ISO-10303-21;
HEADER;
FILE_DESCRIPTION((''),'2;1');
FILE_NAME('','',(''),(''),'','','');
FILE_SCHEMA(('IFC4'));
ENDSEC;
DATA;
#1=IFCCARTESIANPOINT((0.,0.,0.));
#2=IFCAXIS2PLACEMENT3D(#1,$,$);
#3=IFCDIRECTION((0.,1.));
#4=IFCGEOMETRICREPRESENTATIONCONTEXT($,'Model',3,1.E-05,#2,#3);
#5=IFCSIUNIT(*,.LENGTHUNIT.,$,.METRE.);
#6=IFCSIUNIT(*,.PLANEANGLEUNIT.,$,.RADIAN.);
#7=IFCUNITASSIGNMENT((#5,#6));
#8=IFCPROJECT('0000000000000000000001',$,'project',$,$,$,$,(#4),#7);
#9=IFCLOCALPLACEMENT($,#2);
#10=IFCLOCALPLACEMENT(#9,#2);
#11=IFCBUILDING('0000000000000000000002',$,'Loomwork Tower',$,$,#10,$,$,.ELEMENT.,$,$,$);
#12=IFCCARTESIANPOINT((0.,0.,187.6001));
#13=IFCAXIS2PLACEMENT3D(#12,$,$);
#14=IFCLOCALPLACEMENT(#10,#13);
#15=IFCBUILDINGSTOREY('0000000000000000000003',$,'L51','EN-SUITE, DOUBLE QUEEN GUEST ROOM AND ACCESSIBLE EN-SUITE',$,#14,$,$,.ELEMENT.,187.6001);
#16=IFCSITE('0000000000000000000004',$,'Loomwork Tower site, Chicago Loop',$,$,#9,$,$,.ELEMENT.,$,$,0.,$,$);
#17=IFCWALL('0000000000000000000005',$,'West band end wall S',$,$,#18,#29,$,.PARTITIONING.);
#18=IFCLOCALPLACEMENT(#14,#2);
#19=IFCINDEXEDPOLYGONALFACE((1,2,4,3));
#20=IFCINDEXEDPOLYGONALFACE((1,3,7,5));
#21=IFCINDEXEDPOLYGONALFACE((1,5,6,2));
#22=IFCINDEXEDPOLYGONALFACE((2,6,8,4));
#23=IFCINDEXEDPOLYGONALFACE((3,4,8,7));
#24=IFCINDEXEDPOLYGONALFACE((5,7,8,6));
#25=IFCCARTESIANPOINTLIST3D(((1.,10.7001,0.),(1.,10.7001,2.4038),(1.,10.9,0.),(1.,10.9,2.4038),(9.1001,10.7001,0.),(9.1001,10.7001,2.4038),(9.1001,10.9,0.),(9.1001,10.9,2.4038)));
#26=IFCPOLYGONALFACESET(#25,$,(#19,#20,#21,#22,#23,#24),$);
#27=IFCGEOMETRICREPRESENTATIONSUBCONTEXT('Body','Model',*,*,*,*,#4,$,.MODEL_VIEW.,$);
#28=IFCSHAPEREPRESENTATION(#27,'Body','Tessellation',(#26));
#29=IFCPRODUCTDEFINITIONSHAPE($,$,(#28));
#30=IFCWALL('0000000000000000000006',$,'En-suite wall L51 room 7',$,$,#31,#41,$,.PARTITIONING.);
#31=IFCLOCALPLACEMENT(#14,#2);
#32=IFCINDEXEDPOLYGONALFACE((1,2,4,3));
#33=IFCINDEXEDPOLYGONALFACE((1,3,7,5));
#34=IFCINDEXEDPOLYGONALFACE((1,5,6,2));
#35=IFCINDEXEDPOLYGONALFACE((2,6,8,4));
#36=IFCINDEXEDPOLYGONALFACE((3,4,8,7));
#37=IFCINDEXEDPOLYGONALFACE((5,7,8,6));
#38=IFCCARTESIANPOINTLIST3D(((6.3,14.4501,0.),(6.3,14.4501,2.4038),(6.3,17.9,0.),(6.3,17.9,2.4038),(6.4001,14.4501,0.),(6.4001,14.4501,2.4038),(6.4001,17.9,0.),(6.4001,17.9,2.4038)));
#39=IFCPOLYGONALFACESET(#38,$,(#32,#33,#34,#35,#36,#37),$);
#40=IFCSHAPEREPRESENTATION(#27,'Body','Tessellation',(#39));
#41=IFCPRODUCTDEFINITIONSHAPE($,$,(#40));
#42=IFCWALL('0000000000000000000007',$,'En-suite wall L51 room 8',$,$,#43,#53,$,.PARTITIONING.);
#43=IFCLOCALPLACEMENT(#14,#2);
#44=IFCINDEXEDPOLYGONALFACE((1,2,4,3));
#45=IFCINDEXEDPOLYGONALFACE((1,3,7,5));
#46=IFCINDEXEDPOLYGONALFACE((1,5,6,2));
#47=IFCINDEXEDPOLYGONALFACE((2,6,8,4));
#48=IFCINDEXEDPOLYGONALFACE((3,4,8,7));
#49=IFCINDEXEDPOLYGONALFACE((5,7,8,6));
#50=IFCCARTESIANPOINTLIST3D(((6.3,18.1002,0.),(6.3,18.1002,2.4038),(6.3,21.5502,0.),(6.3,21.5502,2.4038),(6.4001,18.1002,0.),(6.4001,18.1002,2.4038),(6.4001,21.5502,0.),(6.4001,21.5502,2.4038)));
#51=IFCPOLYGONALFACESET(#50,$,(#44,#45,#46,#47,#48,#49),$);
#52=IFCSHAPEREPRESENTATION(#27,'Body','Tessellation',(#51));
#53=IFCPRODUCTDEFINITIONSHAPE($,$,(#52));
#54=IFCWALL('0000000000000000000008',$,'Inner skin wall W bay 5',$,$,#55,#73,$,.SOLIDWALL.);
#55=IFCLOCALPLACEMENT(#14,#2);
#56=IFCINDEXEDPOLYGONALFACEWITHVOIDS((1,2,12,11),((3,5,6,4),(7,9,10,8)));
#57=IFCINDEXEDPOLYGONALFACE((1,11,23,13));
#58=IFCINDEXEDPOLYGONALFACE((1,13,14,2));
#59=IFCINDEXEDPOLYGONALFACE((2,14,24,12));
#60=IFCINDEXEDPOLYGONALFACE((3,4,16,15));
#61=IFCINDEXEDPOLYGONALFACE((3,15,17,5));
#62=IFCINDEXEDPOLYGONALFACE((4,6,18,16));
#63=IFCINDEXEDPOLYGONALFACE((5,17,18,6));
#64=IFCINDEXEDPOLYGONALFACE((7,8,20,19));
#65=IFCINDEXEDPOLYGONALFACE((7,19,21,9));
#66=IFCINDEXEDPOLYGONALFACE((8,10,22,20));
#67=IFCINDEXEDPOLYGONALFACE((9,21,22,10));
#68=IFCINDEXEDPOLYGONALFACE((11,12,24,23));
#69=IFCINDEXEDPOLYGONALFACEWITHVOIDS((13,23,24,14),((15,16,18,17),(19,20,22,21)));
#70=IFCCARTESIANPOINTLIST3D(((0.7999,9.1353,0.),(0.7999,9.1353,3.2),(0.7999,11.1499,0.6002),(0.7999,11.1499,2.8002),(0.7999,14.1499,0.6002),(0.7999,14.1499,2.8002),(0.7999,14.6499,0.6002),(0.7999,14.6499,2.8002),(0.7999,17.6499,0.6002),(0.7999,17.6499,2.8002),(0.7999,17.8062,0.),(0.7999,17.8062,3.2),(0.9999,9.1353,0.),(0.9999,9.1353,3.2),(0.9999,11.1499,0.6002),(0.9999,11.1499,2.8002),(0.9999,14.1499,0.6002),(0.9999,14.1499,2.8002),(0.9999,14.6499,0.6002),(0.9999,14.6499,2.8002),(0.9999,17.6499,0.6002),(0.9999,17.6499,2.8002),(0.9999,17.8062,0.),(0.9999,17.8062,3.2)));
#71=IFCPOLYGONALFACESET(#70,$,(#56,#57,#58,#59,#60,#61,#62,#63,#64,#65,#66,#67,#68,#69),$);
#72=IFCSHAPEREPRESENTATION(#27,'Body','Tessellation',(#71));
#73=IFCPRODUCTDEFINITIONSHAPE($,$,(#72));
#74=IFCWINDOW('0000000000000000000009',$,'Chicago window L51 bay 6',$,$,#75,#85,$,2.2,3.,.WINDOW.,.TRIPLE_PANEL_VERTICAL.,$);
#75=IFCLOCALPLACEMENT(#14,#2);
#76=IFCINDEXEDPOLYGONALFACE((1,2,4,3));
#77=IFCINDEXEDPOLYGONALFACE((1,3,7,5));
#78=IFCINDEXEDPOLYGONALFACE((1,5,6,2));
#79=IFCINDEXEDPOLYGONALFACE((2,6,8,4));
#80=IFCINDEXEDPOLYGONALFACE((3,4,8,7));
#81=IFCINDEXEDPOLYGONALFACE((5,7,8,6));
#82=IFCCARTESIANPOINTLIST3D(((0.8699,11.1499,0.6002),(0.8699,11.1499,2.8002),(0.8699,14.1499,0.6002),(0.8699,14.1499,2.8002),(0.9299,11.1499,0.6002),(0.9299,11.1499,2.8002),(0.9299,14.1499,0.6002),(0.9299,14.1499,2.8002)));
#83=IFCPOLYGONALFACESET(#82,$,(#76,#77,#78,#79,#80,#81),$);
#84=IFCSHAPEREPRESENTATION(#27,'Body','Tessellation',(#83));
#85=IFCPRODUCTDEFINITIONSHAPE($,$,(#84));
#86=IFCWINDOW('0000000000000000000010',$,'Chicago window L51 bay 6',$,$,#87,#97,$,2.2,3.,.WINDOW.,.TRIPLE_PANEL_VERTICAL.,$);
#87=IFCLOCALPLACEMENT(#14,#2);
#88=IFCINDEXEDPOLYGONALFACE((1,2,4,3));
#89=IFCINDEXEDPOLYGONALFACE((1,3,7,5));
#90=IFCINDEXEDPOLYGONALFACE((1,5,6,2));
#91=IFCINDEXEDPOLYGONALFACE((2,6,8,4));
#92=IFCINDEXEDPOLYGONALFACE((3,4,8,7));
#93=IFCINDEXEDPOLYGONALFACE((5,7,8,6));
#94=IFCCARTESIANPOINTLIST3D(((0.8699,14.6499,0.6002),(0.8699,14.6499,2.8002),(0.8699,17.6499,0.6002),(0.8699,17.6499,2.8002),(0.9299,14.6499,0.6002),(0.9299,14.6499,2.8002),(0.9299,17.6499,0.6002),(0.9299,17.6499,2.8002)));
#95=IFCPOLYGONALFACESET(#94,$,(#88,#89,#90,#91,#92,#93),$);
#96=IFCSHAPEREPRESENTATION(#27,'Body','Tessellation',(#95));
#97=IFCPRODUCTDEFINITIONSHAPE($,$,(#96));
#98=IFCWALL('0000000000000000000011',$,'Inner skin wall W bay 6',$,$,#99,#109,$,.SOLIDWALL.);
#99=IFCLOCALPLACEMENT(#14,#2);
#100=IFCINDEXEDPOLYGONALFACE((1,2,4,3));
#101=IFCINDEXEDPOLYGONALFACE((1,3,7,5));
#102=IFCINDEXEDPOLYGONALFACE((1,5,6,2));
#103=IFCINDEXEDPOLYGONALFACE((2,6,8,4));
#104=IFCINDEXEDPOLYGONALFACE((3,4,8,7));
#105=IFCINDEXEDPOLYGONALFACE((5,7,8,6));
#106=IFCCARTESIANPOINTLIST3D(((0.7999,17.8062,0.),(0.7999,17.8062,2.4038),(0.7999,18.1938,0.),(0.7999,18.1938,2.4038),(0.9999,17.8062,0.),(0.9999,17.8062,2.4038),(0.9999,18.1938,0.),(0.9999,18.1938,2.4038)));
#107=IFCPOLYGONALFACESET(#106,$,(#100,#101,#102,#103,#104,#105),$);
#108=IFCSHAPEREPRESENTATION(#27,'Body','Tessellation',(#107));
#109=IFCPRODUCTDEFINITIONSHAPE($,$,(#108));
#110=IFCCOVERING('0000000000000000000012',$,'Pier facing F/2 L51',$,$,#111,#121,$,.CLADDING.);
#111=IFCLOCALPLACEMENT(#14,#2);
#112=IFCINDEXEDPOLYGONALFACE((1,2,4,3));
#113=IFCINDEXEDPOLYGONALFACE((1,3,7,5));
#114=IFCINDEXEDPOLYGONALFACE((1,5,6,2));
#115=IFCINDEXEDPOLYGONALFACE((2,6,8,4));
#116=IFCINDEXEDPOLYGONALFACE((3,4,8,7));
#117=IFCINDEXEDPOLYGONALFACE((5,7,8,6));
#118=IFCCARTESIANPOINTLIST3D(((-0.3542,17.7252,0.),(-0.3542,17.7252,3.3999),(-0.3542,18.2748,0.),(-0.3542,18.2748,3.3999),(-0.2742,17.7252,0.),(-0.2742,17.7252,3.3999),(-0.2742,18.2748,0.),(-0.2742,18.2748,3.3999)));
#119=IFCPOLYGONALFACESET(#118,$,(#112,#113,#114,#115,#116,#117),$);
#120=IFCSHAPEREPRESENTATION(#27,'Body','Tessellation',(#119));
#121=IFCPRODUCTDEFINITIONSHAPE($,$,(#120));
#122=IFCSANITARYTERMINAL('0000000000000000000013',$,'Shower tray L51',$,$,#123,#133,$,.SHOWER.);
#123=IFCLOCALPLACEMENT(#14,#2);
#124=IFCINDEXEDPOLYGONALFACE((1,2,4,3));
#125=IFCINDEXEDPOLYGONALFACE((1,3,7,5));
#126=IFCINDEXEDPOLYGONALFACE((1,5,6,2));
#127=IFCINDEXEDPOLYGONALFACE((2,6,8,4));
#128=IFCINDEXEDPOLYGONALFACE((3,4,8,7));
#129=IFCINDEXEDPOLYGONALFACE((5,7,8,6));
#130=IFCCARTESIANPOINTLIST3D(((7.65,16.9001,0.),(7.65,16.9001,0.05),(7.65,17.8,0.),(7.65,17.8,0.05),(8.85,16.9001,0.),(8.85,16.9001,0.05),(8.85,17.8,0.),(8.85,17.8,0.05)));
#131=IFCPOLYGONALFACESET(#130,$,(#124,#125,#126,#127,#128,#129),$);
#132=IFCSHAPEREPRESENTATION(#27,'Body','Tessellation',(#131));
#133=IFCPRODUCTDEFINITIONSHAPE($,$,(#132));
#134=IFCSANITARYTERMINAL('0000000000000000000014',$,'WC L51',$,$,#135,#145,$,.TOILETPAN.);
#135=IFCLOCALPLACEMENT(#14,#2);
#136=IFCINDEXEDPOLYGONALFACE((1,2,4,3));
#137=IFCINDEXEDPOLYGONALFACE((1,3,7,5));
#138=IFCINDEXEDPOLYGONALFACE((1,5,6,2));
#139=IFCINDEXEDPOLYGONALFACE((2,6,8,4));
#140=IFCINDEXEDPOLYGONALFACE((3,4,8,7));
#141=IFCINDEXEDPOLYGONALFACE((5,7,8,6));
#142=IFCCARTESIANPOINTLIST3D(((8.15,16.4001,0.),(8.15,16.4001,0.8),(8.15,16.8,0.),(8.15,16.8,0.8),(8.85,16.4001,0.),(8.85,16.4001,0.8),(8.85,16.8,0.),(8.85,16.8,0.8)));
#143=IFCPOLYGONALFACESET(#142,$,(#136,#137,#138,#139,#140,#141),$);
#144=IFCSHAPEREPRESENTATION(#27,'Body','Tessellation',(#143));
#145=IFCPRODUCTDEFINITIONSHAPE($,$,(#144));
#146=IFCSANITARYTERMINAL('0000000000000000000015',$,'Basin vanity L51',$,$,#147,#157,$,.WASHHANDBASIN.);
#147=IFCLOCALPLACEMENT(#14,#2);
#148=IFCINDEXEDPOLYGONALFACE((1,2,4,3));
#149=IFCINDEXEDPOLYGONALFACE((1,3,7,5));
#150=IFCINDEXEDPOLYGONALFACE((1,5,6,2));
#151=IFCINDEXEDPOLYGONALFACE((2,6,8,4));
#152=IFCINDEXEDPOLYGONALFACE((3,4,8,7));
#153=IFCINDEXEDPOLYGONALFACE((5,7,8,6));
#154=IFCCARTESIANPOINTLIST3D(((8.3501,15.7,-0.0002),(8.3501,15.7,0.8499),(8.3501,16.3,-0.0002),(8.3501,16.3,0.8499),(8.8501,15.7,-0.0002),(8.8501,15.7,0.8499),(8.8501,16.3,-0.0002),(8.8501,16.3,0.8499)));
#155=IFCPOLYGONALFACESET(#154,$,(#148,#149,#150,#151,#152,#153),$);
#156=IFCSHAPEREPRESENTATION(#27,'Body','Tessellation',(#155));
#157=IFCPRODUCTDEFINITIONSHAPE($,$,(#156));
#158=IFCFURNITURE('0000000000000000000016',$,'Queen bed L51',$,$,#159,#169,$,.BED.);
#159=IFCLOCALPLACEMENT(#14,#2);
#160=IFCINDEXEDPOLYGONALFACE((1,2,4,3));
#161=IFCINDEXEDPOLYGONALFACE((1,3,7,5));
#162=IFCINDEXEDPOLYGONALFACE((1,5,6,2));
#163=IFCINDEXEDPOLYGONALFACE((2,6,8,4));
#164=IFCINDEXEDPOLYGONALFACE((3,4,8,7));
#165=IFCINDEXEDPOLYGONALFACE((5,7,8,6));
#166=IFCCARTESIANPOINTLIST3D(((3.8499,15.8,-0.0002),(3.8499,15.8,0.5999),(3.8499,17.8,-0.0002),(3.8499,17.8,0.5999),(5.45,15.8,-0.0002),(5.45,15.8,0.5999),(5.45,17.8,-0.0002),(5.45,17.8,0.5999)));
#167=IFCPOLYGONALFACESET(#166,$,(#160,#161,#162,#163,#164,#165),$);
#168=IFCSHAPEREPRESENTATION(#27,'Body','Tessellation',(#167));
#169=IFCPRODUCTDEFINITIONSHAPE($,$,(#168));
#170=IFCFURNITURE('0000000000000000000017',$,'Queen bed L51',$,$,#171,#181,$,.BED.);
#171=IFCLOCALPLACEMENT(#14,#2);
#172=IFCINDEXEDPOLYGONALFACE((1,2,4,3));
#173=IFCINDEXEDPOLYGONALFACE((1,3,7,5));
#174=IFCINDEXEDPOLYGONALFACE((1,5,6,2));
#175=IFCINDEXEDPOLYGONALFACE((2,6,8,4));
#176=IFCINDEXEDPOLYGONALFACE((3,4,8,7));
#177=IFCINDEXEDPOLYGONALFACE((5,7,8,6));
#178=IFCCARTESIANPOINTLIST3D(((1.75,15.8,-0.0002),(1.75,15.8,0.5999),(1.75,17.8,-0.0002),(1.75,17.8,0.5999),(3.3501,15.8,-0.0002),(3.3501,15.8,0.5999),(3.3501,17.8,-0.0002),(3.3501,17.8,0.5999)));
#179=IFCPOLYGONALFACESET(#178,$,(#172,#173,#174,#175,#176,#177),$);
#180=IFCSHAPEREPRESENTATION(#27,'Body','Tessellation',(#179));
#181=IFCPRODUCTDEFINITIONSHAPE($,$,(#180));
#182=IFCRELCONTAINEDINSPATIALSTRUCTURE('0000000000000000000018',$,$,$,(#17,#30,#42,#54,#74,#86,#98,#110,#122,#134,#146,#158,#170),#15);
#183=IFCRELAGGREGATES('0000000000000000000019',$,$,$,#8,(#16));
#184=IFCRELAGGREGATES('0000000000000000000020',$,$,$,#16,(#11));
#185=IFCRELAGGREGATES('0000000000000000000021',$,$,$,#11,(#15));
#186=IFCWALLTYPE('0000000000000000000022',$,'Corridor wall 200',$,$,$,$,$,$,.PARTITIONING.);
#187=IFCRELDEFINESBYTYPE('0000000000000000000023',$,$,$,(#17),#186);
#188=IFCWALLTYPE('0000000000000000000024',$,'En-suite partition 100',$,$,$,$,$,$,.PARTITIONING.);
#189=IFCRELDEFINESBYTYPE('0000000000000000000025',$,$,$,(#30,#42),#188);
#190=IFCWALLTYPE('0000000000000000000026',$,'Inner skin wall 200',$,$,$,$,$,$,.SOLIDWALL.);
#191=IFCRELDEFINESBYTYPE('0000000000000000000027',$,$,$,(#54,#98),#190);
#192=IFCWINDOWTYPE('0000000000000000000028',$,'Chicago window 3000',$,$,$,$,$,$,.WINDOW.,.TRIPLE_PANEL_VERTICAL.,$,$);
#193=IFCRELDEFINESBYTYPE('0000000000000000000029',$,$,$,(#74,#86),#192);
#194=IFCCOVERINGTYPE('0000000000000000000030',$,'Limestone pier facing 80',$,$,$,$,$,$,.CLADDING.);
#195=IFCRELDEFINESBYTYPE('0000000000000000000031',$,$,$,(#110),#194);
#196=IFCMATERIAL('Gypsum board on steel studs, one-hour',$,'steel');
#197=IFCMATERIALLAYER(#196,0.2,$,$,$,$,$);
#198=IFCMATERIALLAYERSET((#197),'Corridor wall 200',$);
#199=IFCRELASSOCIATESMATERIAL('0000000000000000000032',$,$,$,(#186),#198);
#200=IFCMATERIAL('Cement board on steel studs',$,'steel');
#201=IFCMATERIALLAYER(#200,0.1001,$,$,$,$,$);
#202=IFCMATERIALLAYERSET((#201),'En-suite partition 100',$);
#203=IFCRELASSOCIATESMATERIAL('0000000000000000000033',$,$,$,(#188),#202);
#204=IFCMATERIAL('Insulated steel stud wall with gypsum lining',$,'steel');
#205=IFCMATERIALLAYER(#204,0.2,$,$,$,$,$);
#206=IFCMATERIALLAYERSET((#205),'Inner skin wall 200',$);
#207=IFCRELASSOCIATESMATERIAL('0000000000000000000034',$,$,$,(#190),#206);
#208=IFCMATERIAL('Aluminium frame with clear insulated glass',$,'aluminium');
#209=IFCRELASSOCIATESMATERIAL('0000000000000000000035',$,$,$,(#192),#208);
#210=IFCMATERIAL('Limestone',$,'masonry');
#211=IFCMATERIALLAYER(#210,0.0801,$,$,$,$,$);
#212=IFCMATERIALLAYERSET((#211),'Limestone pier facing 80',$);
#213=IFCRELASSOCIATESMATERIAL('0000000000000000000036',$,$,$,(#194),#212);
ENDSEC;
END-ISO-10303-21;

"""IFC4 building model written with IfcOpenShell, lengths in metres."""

from ifc_helpers import new_model, si_unit, direction, frame, frame_2d, origin, origin_2d, place, context, subcontext, project, spatial, rectangle, extrude, material, layer, layer_set, type_object, element, fill, save


model = new_model("IFC4")

# Units and contexts
model_context = context("Model", 3, precision=1e-05, world=origin(), true_north=direction((0.0, 1.0)))
body_context = subcontext(model_context, "Body", "Model", "MODEL_VIEW")
ifc_project = project(units=[si_unit("LENGTHUNIT", "METRE"), si_unit("PLANEANGLEUNIT", "RADIAN")], contexts=[model_context])

# Site, building, storey
site_placement = place(None, origin())
site = spatial("IfcSite", under=ifc_project, at=site_placement, Name="Loomwork Tower site, Chicago Loop", CompositionType="ELEMENT", RefElevation=0.0)
building_placement = place(site_placement, origin())
building = spatial("IfcBuilding", under=site, at=building_placement, Name="Loomwork Tower", CompositionType="ELEMENT")
storey_placement = place(building_placement, frame((0.0, 0.0, 187.6001)))
storey = spatial("IfcBuildingStorey", under=building, at=storey_placement, Name="L51", Description="EN-SUITE, DOUBLE QUEEN GUEST ROOM AND ACCESSIBLE EN-SUITE", CompositionType="ELEMENT", Elevation=187.6001)

# Walls
ifc_material_1 = material(Name="Gypsum board on steel studs, one-hour", Category="steel")
ifc_layer_1 = layer(ifc_material_1, 0.2)
ifc_layer_set_1 = layer_set([ifc_layer_1], Name="Corridor wall 200")
wall_type_1 = type_object("IfcWallType", Name="Corridor wall 200", PredefinedType="PARTITIONING", material=ifc_layer_set_1)
wall_1_placement = place(storey_placement, frame((1.0, 10.8, 0.0), z_axis=(0.0, 0.0, 1.0), x_axis=(1.0, 0.0, 0.0)))
element("IfcWall", 1, at=wall_1_placement, inside=storey, type_object=wall_type_1, Name="West band end wall S", PredefinedType="PARTITIONING", context=body_context, shape_type="SweptSolid", body=[
    extrude(rectangle(XDim=8.1001, YDim=0.2, at=frame_2d((4.05, 0.0))), origin(), (0.0, 0.0, 1.0), 2.4038),
])
ifc_material_2 = material(Name="Cement board on steel studs", Category="steel")
ifc_layer_2 = layer(ifc_material_2, 0.1001)
ifc_layer_set_2 = layer_set([ifc_layer_2], Name="En-suite partition 100")
wall_type_2 = type_object("IfcWallType", Name="En-suite partition 100", PredefinedType="PARTITIONING", material=ifc_layer_set_2)
for number, where, z_axis, x_axis, name in (
    (2, (6.3501, 14.45, 0.0), (0.0, 0.0, 1.0), (0.0, 1.0, 0.0), "En-suite wall L51 room 7"),
    (3, (6.3501, 18.1001, 0.0), (0.0, 0.0, 1.0), (0.0, 1.0, 0.0), "En-suite wall L51 room 8"),
):
    element("IfcWall", number, at=place(storey_placement, frame(where, z_axis=z_axis, x_axis=x_axis)), inside=storey, type_object=wall_type_2, Name=name, PredefinedType="PARTITIONING", context=body_context, shape_type="SweptSolid", body=[
        extrude(rectangle(XDim=3.45, YDim=0.1001, at=frame_2d((1.7251, 0.0))), origin(), (0.0, 0.0, 1.0), 2.4038),
    ])

# Wall, openings, windows
ifc_material_3 = material(Name="Insulated steel stud wall with gypsum lining", Category="steel")
ifc_layer_3 = layer(ifc_material_3, 0.2)
ifc_layer_set_3 = layer_set([ifc_layer_3], Name="Inner skin wall 200")
wall_type_3 = type_object("IfcWallType", Name="Inner skin wall 200", PredefinedType="SOLIDWALL", material=ifc_layer_set_3)
wall_2_placement = place(storey_placement, frame((0.8999, 9.1353, 0.0), z_axis=(0.0, 0.0, 1.0), x_axis=(0.0, 1.0, 0.0)))
wall_2 = element("IfcWall", 4, at=wall_2_placement, inside=storey, type_object=wall_type_3, Name="Inner skin wall W bay 5", PredefinedType="SOLIDWALL", context=body_context, shape_type="SweptSolid", body=[
    extrude(rectangle(XDim=8.6709, YDim=0.2, at=frame_2d((4.3354, 0.0))), origin(), (0.0, 0.0, 1.0), 3.2),
])
opening_1_placement = place(wall_2_placement, frame((2.0146, 0.0, 0.6001)))
opening_1 = element("IfcOpeningElement", 5, at=opening_1_placement, cuts=wall_2, PredefinedType="OPENING", context=body_context, shape_type="SweptSolid", body=[
    extrude(rectangle(XDim=3.0, YDim=2.2, at=frame_2d((1.5, 1.1001))), frame((0.0, 0.1099, 0.0), z_axis=(0.0, -1.0, 0.0), x_axis=(1.0, 0.0, 0.0)), (0.0, 0.0, 1.0), 0.22),
])
opening_2_placement = place(wall_2_placement, frame((5.5146, 0.0, 0.6001)))
opening_2 = element("IfcOpeningElement", 6, at=opening_2_placement, cuts=wall_2, PredefinedType="OPENING", context=body_context, shape_type="SweptSolid", body=[
    extrude(rectangle(XDim=3.0, YDim=2.2, at=frame_2d((1.5, 1.1001))), frame((0.0, 0.1099, 0.0), z_axis=(0.0, -1.0, 0.0), x_axis=(1.0, 0.0, 0.0)), (0.0, 0.0, 1.0), 0.22),
])
ifc_material_4 = material(Name="Aluminium frame with clear insulated glass", Category="aluminium")
window_type = type_object("IfcWindowType", Name="Chicago window 3000", PartitioningType="TRIPLE_PANEL_VERTICAL", PredefinedType="WINDOW", material=ifc_material_4)
window_1_placement = place(opening_1_placement, origin())
window_1 = element("IfcWindow", 7, at=window_1_placement, inside=storey, type_object=window_type, Name="Chicago window L51 bay 6", OverallHeight=2.2, OverallWidth=3.0, PartitioningType="TRIPLE_PANEL_VERTICAL", PredefinedType="WINDOW", context=body_context, shape_type="SweptSolid", body=[
    extrude(rectangle(XDim=3.0, YDim=2.2, at=frame_2d((1.5, 1.1001))), frame((0.0, 0.03, 0.0), z_axis=(0.0, -1.0, 0.0), x_axis=(1.0, 0.0, 0.0)), (0.0, 0.0, 1.0), 0.0601),
])
fill(opening_1, window_1)
window_2_placement = place(opening_2_placement, origin())
window_2 = element("IfcWindow", 8, at=window_2_placement, inside=storey, type_object=window_type, Name="Chicago window L51 bay 6", OverallHeight=2.2, OverallWidth=3.0, PartitioningType="TRIPLE_PANEL_VERTICAL", PredefinedType="WINDOW", context=body_context, shape_type="SweptSolid", body=[
    extrude(rectangle(XDim=3.0, YDim=2.2, at=frame_2d((1.5, 1.1001))), frame((0.0, 0.03, 0.0), z_axis=(0.0, -1.0, 0.0), x_axis=(1.0, 0.0, 0.0)), (0.0, 0.0, 1.0), 0.0601),
])
fill(opening_2, window_2)

# Wall
wall_3_placement = place(storey_placement, frame((0.8999, 17.8062, 0.0), z_axis=(0.0, 0.0, 1.0), x_axis=(0.0, 1.0, 0.0)))
element("IfcWall", 9, at=wall_3_placement, inside=storey, type_object=wall_type_3, Name="Inner skin wall W bay 6", PredefinedType="SOLIDWALL", context=body_context, shape_type="SweptSolid", body=[
    extrude(rectangle(XDim=0.3877, YDim=0.2, at=frame_2d((0.1938, 0.0))), origin(), (0.0, 0.0, 1.0), 2.4038),
])

# Covering
ifc_material_5 = material(Name="Limestone", Category="masonry")
ifc_layer_4 = layer(ifc_material_5, 0.0801)
ifc_layer_set_4 = layer_set([ifc_layer_4], Name="Limestone pier facing 80")
covering_type = type_object("IfcCoveringType", Name="Limestone pier facing 80", PredefinedType="CLADDING", material=ifc_layer_set_4)
covering_placement = place(storey_placement, frame((-0.3142, 18.0, 0.0), z_axis=(0.0, 0.0, 1.0), x_axis=(1.0, 0.0, 0.0)))
element("IfcCovering", 10, at=covering_placement, inside=storey, type_object=covering_type, Name="Pier facing F/2 L51", PredefinedType="CLADDING", context=body_context, shape_type="SweptSolid", body=[
    extrude(rectangle(XDim=0.0801, YDim=0.5496, at=origin_2d()), origin(), (0.0, 0.0, 1.0), 3.3999),
])

# Sanitary terminals
sanitary_terminal_1_placement = place(storey_placement, frame((8.25, 17.3501, 0.0), z_axis=(0.0, 0.0, 1.0), x_axis=(1.0, 0.0, 0.0)))
element("IfcSanitaryTerminal", 11, at=sanitary_terminal_1_placement, inside=storey, Name="Shower tray L51", PredefinedType="SHOWER", context=body_context, shape_type="SweptSolid", body=[
    extrude(rectangle(XDim=1.2, YDim=0.8999, at=origin_2d()), origin(), (0.0, 0.0, 1.0), 0.05),
])
sanitary_terminal_2_placement = place(storey_placement, frame((8.5, 16.6001, 0.0), z_axis=(0.0, 0.0, 1.0), x_axis=(1.0, 0.0, 0.0)))
element("IfcSanitaryTerminal", 12, at=sanitary_terminal_2_placement, inside=storey, Name="WC L51", PredefinedType="TOILETPAN", context=body_context, shape_type="SweptSolid", body=[
    extrude(rectangle(XDim=0.7, YDim=0.3999, at=origin_2d()), origin(), (0.0, 0.0, 1.0), 0.8),
])
sanitary_terminal_3_placement = place(storey_placement, frame((8.6001, 16.0, -0.0002), z_axis=(0.0, 0.0, 1.0), x_axis=(1.0, 0.0, 0.0)))
element("IfcSanitaryTerminal", 13, at=sanitary_terminal_3_placement, inside=storey, Name="Basin vanity L51", PredefinedType="WASHHANDBASIN", context=body_context, shape_type="SweptSolid", body=[
    extrude(rectangle(XDim=0.5, YDim=0.6001, at=origin_2d()), origin(), (0.0, 0.0, 1.0), 0.8501),
])

# Furniture
for number, where, z_axis, x_axis, name in (
    (14, (4.6499, 16.8, -0.0002), (0.0, 0.0, 1.0), (1.0, 0.0, 0.0), "Queen bed L51"),
    (15, (2.55, 16.8, -0.0002), (0.0, 0.0, 1.0), (1.0, 0.0, 0.0), "Queen bed L51"),
):
    element("IfcFurniture", number, at=place(storey_placement, frame(where, z_axis=z_axis, x_axis=x_axis)), inside=storey, Name=name, PredefinedType="BED", context=body_context, shape_type="SweptSolid", body=[
        extrude(rectangle(XDim=1.6001, YDim=2.0, at=origin_2d()), origin(), (0.0, 0.0, 1.0), 0.6001),
    ])

save(model, "model.ifc")
